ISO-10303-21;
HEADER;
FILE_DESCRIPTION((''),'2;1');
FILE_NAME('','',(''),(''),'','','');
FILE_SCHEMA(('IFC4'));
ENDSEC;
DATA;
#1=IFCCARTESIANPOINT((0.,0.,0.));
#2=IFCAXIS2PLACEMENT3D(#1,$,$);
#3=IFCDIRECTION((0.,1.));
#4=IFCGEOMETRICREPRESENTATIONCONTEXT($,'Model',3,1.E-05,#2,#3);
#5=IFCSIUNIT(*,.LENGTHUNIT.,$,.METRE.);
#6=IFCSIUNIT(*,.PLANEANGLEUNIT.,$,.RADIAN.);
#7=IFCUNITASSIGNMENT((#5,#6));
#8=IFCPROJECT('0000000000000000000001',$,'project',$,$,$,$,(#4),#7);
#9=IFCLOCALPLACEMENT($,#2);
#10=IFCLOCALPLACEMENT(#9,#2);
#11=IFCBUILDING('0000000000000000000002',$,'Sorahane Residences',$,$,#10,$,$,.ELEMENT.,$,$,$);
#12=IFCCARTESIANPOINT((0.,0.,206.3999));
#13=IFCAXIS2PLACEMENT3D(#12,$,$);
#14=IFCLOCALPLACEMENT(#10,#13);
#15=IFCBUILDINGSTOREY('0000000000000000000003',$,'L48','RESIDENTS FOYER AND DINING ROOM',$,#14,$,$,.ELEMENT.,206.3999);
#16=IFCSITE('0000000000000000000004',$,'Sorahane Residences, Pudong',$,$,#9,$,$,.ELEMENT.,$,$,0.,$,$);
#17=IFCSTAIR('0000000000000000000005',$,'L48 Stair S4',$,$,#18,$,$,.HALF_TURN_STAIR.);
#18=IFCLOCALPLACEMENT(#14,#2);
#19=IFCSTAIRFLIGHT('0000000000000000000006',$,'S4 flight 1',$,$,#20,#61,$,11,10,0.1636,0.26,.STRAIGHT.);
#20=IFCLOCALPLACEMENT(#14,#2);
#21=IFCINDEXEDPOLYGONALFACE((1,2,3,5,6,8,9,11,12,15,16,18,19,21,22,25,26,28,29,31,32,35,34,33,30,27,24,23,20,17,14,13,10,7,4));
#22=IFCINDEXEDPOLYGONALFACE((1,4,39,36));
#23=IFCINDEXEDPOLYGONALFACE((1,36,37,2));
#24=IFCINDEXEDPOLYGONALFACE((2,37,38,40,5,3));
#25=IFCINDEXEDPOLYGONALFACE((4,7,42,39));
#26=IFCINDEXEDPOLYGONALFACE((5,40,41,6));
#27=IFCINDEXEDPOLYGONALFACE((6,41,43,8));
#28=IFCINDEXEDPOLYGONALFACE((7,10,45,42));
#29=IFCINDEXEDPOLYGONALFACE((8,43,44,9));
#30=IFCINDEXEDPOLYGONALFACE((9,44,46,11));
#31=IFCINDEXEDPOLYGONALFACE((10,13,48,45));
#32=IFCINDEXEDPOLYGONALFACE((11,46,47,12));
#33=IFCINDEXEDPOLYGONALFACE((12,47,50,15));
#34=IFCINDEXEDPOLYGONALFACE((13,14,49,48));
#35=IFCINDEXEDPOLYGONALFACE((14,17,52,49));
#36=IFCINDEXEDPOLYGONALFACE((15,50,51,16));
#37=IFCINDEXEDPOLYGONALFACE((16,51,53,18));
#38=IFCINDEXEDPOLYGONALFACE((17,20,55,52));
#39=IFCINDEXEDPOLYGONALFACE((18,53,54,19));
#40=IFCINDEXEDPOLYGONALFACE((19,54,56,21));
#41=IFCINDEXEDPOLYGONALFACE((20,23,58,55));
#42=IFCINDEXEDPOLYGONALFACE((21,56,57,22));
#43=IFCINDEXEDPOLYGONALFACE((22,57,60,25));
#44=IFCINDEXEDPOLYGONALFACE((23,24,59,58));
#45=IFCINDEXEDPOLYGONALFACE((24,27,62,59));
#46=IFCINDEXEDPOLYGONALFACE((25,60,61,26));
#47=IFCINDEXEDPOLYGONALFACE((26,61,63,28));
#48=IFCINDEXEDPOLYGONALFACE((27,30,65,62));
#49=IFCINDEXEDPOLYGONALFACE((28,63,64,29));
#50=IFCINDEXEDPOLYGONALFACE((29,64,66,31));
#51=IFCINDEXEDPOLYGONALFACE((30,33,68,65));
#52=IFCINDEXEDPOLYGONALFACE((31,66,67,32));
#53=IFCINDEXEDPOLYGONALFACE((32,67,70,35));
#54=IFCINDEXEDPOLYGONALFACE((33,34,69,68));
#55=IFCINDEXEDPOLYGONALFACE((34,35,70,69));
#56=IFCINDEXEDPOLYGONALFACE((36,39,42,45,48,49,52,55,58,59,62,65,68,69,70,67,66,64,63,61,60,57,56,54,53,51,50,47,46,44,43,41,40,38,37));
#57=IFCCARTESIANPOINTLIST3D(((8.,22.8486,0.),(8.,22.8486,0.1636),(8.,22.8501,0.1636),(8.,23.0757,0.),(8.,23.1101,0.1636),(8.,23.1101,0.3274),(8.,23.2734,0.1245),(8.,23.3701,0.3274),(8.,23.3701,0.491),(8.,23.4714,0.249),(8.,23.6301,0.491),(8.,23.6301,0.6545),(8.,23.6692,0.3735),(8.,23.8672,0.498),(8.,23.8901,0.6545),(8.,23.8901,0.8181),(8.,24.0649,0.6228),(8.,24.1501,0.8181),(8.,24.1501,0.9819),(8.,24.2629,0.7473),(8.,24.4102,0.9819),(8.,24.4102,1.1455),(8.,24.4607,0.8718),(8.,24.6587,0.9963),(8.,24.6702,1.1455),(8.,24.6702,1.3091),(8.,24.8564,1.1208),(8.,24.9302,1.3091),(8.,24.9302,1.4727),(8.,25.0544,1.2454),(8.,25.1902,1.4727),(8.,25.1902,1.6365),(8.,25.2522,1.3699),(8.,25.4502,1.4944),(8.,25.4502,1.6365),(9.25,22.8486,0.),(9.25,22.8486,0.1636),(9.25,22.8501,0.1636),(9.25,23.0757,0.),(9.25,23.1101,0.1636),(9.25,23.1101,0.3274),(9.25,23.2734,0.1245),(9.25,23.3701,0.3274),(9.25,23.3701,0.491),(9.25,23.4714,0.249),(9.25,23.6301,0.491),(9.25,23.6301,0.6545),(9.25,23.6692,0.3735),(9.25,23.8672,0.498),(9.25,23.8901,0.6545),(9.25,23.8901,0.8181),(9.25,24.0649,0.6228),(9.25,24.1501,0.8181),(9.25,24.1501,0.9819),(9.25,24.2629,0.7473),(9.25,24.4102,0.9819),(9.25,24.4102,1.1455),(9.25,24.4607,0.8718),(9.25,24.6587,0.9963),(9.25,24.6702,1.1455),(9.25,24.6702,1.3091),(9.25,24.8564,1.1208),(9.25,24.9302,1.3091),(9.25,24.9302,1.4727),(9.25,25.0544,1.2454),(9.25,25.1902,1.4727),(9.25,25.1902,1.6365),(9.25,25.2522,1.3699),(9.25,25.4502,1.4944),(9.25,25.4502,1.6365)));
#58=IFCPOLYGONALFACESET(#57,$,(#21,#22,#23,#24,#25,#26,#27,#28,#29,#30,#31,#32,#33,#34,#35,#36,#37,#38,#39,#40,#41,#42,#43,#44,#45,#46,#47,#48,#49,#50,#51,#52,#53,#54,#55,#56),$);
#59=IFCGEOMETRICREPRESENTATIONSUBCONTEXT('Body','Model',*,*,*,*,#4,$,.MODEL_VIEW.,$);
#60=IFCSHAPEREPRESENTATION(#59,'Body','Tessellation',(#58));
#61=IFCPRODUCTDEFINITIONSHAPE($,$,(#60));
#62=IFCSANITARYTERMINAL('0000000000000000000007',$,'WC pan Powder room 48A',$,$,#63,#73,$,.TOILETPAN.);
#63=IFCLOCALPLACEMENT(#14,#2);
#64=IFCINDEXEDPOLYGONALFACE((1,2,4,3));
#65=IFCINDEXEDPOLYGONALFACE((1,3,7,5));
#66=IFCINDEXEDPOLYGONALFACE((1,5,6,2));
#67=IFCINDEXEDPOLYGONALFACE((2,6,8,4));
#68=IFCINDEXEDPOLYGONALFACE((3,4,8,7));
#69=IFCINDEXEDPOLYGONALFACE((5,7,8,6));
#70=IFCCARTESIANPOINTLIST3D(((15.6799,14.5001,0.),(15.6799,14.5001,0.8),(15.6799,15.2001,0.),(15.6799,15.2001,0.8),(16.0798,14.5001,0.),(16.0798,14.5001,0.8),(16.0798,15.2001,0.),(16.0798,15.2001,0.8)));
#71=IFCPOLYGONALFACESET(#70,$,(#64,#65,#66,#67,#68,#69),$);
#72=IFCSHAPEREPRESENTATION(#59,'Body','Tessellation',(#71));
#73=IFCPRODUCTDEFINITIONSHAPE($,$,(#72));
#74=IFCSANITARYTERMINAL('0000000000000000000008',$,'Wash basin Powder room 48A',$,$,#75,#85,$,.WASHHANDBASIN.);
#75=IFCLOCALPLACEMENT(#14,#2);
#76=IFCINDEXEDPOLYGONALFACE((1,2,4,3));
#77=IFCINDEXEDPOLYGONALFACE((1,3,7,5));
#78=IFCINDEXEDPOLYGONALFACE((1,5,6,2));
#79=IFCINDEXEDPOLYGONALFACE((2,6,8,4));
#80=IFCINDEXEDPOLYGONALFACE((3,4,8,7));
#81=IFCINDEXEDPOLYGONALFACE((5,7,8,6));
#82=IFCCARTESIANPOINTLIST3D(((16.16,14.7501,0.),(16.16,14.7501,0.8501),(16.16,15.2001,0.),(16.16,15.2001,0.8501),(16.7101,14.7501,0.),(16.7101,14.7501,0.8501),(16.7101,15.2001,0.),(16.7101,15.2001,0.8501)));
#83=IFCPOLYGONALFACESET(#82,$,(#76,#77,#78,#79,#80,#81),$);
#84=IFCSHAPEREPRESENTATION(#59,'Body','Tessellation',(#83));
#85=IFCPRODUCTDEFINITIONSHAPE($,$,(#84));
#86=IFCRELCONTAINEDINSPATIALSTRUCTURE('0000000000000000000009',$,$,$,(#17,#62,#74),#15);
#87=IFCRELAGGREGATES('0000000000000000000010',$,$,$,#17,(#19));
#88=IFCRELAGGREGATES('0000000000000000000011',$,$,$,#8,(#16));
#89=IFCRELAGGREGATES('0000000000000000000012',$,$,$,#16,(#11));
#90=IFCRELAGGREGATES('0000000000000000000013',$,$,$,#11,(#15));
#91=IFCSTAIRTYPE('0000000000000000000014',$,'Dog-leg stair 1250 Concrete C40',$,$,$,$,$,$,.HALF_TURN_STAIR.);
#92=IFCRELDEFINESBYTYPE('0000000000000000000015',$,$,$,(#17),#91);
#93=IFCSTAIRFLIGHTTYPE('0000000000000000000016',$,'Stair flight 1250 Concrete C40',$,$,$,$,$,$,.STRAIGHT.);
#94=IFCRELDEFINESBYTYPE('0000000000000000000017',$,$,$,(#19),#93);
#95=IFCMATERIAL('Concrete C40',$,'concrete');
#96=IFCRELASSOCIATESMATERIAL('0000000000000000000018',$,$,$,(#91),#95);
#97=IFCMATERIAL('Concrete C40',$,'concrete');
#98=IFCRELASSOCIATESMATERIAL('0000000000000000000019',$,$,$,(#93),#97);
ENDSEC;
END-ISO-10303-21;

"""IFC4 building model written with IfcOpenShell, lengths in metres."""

from ifc_helpers import new_model, si_unit, direction, frame, origin, origin_2d, place, context, subcontext, project, spatial, polyline, rectangle, outline, extrude, material, type_object, element, aggregate, save


model = new_model("IFC4")

# Units and contexts
model_context = context("Model", 3, precision=1e-05, world=origin(), true_north=direction((0.0, 1.0)))
body_context = subcontext(model_context, "Body", "Model", "MODEL_VIEW")
ifc_project = project(units=[si_unit("LENGTHUNIT", "METRE"), si_unit("PLANEANGLEUNIT", "RADIAN")], contexts=[model_context])

# Site, building, storey
site_placement = place(None, origin())
site = spatial("IfcSite", under=ifc_project, at=site_placement, Name="Sorahane Residences, Pudong", CompositionType="ELEMENT", RefElevation=0.0)
building_placement = place(site_placement, origin())
building = spatial("IfcBuilding", under=site, at=building_placement, Name="Sorahane Residences", CompositionType="ELEMENT")
storey_placement = place(building_placement, frame((0.0, 0.0, 206.3999)))
storey = spatial("IfcBuildingStorey", under=building, at=storey_placement, Name="L48", Description="RESIDENTS FOYER AND DINING ROOM", CompositionType="ELEMENT", Elevation=206.3999)

# Stair, stair flight
ifc_material_1 = material(Name="Concrete C40", Category="concrete")
stair_type = type_object("IfcStairType", Name="Dog-leg stair 1250 Concrete C40", PredefinedType="HALF_TURN_STAIR", material=ifc_material_1)
stair_placement = place(storey_placement, origin())
stair = element("IfcStair", 1, at=stair_placement, inside=storey, type_object=stair_type, Name="L48 Stair S4", PredefinedType="HALF_TURN_STAIR")
ifc_material_2 = material(Name="Concrete C40", Category="concrete")
stair_flight_type = type_object("IfcStairFlightType", Name="Stair flight 1250 Concrete C40", PredefinedType="STRAIGHT", material=ifc_material_2)
stair_flight_placement = place(storey_placement, frame((8.625, 22.8501, 0.0), z_axis=(0.0, 0.0, 1.0), x_axis=(0.0, 1.0, 0.0)))
stair_flight = element("IfcStairFlight", 2, at=stair_flight_placement, type_object=stair_flight_type, Name="S4 flight 1", NumberOfRisers=11, NumberOfTreads=10, PredefinedType="STRAIGHT", RiserHeight=0.1636, TreadLength=0.26, context=body_context, shape_type="SweptSolid", body=[
    extrude(outline(polyline([(-0.0015, 0.0), (-0.0015, 0.1636), (0.0, 0.1636), (0.26, 0.1636), (0.26, 0.3274), (0.52, 0.3274), (0.52, 0.491), (0.78, 0.491), (0.78, 0.6545), (1.04, 0.6545), (1.04, 0.8181), (1.3, 0.8181), (1.3, 0.9819), (1.5601, 0.9819), (1.5601, 1.1455), (1.8201, 1.1455), (1.8201, 1.3091), (2.0801, 1.3091), (2.0801, 1.4727), (2.3401, 1.4727), (2.3401, 1.6365), (2.6001, 1.6365), (2.6001, 1.8), (2.6001, 1.4944), (2.4021, 1.3699), (2.2043, 1.2454), (2.0063, 1.1208), (1.8086, 0.9963), (1.6106, 0.8718), (1.4128, 0.7473), (1.2148, 0.6228), (1.0171, 0.498), (0.8191, 0.3735), (0.6213, 0.249), (0.4233, 0.1245), (0.2256, 0.0), (-0.0015, 0.0)])), frame((0.0, 0.625, 0.0), z_axis=(0.0, -1.0, 0.0), x_axis=(1.0, 0.0, 0.0)), (0.0, 0.0, 1.0), 1.25),
])
aggregate(stair, [stair_flight])

# Sanitary terminals
sanitary_terminal_1_placement = place(storey_placement, frame((15.8799, 14.8501, 0.0), z_axis=(0.0, 0.0, 1.0), x_axis=(1.0, 0.0, 0.0)))
element("IfcSanitaryTerminal", 3, at=sanitary_terminal_1_placement, inside=storey, Name="WC pan Powder room 48A", PredefinedType="TOILETPAN", context=body_context, shape_type="SweptSolid", body=[
    extrude(rectangle(XDim=0.3999, YDim=0.7, at=origin_2d()), origin(), (0.0, 0.0, 1.0), 0.8),
])
sanitary_terminal_2_placement = place(storey_placement, frame((16.4351, 14.9751, 0.0), z_axis=(0.0, 0.0, 1.0), x_axis=(1.0, 0.0, 0.0)))
element("IfcSanitaryTerminal", 4, at=sanitary_terminal_2_placement, inside=storey, Name="Wash basin Powder room 48A", PredefinedType="WASHHANDBASIN", context=body_context, shape_type="SweptSolid", body=[
    extrude(rectangle(XDim=0.55, YDim=0.45, at=origin_2d()), origin(), (0.0, 0.0, 1.0), 0.8501),
])

save(model, "model.ifc")
